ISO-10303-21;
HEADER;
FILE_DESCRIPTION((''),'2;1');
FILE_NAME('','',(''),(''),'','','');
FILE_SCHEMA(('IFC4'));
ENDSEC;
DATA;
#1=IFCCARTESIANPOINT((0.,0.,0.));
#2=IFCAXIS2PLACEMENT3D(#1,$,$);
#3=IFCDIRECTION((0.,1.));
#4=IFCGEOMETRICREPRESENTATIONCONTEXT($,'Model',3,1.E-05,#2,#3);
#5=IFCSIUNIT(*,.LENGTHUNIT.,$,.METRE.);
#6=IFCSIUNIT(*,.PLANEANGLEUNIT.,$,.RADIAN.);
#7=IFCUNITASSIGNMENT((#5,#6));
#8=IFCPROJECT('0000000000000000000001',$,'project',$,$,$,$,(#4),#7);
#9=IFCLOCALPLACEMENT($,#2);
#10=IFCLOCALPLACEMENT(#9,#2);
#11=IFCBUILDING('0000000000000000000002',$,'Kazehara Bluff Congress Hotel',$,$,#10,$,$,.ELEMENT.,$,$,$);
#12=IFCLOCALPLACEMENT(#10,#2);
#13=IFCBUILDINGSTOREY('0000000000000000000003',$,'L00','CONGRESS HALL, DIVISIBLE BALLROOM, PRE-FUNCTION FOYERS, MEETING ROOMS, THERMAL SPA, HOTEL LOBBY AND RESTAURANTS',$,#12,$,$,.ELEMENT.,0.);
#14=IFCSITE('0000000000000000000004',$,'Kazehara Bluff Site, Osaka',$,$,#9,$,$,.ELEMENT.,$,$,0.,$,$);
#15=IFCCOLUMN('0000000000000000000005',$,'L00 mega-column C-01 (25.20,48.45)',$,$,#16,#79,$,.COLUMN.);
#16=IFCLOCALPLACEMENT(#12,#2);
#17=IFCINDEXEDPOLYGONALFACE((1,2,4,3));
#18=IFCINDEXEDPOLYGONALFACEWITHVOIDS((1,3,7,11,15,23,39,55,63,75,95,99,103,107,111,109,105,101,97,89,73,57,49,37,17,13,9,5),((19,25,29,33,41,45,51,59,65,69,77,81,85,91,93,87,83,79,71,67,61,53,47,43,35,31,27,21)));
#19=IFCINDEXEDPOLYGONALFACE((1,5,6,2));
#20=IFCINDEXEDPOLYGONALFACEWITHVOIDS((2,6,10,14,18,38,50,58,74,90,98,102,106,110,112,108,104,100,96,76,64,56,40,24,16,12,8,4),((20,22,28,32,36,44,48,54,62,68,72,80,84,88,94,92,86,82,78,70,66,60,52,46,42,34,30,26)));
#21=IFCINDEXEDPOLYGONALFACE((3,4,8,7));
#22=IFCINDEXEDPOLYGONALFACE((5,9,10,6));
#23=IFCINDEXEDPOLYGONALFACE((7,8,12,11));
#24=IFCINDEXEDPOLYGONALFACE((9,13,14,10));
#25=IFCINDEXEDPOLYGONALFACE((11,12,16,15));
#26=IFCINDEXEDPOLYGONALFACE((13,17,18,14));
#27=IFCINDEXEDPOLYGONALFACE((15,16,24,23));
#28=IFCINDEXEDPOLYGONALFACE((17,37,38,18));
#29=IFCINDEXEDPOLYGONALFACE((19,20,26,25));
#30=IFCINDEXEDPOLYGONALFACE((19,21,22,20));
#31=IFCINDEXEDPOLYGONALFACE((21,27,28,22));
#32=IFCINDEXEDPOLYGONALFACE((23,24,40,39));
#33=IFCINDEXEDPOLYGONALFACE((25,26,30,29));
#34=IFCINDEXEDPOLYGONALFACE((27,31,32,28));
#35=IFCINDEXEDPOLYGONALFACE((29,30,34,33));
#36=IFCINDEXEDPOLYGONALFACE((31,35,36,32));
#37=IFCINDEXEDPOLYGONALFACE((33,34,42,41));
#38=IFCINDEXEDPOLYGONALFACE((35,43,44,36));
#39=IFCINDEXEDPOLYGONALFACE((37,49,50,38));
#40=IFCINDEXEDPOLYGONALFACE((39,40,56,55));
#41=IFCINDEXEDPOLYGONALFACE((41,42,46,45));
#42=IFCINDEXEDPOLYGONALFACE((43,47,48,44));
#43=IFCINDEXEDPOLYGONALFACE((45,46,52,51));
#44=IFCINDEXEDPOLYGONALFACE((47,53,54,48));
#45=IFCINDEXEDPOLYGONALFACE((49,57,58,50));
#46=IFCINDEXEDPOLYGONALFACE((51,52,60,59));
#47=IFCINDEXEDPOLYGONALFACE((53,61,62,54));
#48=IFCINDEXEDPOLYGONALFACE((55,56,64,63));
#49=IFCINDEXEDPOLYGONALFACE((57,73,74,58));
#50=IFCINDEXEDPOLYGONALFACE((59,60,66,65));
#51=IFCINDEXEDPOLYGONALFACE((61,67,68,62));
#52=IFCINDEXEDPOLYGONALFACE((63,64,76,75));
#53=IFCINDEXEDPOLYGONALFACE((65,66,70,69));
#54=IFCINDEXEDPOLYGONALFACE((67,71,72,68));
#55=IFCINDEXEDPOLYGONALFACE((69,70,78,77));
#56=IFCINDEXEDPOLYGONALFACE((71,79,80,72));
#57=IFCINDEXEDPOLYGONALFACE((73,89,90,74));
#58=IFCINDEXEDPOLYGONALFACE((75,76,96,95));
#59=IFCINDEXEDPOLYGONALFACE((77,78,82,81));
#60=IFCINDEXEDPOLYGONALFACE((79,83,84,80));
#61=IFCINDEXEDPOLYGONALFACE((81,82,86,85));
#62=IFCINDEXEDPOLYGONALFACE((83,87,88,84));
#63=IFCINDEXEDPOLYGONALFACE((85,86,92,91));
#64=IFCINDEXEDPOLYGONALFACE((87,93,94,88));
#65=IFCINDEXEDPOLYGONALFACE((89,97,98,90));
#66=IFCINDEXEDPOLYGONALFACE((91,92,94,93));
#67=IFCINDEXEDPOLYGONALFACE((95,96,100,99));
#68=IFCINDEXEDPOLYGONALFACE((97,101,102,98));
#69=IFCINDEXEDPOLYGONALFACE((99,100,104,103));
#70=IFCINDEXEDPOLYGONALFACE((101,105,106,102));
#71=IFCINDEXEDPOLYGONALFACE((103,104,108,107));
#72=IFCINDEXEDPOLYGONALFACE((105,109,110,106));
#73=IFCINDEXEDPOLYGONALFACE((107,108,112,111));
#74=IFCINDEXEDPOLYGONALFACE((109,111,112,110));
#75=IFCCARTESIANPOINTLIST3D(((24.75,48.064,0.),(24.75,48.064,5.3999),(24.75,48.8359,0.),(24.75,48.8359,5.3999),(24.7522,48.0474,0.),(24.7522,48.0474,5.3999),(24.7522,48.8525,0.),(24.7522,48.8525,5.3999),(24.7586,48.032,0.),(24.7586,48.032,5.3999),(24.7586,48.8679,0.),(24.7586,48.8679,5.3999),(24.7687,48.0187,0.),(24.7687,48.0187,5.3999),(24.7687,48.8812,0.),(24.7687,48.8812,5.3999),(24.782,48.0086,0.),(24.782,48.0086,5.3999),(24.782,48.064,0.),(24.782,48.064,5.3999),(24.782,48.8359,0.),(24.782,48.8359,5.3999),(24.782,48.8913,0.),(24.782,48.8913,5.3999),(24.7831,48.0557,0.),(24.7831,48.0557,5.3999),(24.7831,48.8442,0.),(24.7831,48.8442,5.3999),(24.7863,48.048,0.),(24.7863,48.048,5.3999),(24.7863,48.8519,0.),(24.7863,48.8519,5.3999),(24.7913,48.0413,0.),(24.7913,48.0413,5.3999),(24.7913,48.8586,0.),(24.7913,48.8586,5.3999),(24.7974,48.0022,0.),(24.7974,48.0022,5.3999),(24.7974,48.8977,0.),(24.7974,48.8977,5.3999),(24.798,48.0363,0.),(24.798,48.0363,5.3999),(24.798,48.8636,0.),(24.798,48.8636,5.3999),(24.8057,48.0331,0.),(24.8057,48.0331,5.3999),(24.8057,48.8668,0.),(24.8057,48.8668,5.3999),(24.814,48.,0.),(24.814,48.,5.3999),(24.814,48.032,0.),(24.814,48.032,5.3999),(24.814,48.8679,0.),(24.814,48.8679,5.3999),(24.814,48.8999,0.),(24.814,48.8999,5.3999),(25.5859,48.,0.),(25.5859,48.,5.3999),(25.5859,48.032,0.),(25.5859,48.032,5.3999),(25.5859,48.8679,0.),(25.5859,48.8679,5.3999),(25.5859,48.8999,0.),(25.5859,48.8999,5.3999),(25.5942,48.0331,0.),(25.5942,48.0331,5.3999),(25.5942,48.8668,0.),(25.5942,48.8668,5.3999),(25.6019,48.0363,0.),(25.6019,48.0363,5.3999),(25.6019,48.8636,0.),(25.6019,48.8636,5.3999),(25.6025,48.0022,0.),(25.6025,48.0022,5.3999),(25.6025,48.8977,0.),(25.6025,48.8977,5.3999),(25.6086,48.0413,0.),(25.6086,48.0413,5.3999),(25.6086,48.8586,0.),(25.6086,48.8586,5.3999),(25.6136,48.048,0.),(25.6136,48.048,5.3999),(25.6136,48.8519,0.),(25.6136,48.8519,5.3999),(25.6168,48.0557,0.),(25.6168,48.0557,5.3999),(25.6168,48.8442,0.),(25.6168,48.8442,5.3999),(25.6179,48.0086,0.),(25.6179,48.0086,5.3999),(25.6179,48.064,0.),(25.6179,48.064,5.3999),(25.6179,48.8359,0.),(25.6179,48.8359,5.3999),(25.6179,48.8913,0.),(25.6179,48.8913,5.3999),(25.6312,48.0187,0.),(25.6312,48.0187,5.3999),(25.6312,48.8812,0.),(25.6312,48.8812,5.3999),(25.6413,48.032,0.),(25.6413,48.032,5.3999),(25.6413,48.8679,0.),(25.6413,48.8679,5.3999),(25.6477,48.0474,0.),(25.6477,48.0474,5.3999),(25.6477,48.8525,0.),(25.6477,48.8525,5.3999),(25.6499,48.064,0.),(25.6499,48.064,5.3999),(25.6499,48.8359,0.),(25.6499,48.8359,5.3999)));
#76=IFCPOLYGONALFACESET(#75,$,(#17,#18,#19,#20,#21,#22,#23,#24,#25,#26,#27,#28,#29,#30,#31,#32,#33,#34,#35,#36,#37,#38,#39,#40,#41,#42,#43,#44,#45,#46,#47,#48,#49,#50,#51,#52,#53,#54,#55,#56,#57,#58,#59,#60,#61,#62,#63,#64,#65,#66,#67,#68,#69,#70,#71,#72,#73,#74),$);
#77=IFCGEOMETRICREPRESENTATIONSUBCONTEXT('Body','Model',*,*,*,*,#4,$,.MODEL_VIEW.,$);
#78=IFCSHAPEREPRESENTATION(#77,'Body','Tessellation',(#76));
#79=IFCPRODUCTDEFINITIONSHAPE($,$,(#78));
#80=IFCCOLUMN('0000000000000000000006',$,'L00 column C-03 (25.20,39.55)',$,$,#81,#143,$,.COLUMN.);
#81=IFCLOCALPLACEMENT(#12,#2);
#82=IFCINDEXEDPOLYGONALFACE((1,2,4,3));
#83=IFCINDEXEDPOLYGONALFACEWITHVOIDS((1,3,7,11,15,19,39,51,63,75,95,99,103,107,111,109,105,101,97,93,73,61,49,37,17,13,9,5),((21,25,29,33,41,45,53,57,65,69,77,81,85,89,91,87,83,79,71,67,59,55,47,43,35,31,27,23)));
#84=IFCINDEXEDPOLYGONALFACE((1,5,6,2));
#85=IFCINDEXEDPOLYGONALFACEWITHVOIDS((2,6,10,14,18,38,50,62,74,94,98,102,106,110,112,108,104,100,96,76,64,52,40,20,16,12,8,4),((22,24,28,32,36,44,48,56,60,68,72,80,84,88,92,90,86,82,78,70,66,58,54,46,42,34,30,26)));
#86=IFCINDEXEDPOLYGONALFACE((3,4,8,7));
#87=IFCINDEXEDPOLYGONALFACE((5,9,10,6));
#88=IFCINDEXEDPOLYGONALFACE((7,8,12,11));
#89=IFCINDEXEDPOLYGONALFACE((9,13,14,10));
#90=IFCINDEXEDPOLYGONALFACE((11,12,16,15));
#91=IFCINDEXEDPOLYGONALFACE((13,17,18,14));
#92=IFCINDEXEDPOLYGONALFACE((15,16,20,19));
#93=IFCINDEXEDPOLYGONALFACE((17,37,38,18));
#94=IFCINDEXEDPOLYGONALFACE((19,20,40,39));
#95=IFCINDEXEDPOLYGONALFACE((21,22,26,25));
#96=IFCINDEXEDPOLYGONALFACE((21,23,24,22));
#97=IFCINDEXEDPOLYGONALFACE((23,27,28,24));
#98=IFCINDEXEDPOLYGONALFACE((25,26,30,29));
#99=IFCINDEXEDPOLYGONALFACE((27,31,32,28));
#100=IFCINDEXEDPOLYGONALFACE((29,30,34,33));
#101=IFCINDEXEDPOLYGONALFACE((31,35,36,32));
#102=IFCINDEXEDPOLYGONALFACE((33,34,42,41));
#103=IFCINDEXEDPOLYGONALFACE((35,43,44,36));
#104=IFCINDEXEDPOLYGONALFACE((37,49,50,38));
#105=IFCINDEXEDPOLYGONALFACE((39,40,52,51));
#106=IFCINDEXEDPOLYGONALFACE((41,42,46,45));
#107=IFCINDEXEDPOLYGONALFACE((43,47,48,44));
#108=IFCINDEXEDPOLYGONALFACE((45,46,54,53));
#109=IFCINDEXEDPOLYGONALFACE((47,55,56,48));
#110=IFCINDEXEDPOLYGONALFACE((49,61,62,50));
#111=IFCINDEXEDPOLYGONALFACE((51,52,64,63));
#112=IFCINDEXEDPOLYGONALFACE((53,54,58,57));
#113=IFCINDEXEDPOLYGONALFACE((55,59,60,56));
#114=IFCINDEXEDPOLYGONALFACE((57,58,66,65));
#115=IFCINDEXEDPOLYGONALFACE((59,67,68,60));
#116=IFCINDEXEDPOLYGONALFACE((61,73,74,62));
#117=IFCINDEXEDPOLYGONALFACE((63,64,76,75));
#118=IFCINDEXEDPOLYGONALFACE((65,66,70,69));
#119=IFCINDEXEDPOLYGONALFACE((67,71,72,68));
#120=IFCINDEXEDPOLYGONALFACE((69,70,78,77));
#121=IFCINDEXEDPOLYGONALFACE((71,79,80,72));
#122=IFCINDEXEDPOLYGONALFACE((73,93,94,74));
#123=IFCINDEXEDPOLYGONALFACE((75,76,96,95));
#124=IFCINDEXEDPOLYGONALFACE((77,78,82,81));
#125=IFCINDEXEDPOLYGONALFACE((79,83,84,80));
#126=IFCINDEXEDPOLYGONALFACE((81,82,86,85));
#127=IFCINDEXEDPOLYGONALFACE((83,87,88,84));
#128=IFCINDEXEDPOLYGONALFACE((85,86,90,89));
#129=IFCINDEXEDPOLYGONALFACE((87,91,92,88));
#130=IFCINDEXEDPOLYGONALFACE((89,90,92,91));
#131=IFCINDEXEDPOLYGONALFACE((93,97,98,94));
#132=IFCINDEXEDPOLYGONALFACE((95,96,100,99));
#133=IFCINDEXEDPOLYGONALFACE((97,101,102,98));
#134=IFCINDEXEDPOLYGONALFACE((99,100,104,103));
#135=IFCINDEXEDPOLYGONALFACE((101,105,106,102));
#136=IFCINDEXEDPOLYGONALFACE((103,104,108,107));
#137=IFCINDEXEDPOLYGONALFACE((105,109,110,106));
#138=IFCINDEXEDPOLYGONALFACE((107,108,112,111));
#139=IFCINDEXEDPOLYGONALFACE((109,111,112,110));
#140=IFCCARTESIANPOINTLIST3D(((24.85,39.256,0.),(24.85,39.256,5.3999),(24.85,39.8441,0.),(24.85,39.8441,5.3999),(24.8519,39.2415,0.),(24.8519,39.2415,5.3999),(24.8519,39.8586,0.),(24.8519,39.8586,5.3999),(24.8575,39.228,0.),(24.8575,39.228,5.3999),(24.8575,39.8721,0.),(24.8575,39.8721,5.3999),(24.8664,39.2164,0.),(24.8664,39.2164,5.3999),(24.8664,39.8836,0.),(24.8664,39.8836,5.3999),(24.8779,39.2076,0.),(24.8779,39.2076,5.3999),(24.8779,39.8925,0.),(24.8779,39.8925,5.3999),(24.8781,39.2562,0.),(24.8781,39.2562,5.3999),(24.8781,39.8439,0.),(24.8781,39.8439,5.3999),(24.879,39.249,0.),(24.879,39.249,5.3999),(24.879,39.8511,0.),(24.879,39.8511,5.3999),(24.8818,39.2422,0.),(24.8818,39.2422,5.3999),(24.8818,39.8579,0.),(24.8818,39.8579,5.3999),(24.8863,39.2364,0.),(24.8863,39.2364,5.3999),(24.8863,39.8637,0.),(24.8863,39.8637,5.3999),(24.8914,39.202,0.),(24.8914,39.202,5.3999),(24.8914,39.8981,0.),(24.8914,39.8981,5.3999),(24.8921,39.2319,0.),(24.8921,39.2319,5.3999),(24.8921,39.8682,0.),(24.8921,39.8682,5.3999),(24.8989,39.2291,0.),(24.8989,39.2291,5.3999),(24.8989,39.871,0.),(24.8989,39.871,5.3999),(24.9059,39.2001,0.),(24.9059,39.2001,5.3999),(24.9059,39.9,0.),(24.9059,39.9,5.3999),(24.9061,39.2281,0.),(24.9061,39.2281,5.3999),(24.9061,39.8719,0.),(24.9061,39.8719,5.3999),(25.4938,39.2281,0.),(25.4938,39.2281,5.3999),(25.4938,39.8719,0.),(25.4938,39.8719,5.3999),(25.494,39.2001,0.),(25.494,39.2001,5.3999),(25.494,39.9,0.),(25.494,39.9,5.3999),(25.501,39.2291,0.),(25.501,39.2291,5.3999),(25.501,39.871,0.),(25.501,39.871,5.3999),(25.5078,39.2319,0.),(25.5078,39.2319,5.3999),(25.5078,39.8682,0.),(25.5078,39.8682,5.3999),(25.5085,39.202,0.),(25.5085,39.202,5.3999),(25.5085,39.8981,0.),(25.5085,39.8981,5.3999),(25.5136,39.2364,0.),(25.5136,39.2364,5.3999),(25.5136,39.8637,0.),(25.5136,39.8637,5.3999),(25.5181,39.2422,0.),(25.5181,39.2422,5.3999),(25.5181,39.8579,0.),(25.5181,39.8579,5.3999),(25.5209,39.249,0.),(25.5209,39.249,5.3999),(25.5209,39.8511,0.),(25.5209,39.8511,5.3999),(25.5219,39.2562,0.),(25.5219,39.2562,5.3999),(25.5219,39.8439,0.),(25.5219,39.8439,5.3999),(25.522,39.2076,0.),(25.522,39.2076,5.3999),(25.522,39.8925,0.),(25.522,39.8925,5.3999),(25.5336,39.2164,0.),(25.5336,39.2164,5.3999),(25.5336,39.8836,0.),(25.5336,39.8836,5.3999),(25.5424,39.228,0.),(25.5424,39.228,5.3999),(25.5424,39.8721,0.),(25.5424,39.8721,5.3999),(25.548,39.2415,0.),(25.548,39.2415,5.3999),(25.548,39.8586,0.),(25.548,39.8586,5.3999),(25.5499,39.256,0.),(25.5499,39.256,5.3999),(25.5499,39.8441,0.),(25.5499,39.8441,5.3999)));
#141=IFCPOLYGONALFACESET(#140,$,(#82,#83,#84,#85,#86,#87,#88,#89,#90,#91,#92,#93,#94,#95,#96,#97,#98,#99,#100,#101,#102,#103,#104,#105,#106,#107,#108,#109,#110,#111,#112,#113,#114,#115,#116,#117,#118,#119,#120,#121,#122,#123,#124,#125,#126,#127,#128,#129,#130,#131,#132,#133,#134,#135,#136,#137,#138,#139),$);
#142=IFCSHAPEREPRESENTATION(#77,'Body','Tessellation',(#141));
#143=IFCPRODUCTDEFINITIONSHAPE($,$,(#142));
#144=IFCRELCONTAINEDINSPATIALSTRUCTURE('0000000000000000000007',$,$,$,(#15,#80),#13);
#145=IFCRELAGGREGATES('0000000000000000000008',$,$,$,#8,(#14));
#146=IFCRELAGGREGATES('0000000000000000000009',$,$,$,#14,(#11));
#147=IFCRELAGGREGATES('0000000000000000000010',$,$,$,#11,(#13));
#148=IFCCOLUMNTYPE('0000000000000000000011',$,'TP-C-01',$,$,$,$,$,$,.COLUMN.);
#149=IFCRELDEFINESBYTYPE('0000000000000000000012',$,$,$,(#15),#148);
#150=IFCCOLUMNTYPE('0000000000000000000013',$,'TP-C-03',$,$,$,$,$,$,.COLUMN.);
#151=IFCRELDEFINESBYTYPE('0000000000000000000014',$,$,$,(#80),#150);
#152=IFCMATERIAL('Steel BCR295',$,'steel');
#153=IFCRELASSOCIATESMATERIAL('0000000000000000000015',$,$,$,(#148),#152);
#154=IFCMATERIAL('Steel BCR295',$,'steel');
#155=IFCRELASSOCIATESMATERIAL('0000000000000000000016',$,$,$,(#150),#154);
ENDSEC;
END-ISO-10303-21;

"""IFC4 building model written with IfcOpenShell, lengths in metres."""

from ifc_helpers import new_model, si_unit, direction, frame, origin, origin_2d, place, context, subcontext, project, spatial, hollow_rectangle, extrude, material, material_profile, profile_set, type_object, element, save


model = new_model("IFC4")

# Units and contexts
model_context = context("Model", 3, precision=1e-05, world=origin(), true_north=direction((0.0, 1.0)))
body_context = subcontext(model_context, "Body", "Model", "MODEL_VIEW")
ifc_project = project(units=[si_unit("LENGTHUNIT", "METRE"), si_unit("PLANEANGLEUNIT", "RADIAN")], contexts=[model_context])

# Site, building, storey
site_placement = place(None, origin())
site = spatial("IfcSite", under=ifc_project, at=site_placement, Name="Kazehara Bluff Site, Osaka", CompositionType="ELEMENT", RefElevation=0.0)
building_placement = place(site_placement, origin())
building = spatial("IfcBuilding", under=site, at=building_placement, Name="Kazehara Bluff Congress Hotel", CompositionType="ELEMENT")
storey_placement = place(building_placement, origin())
storey = spatial("IfcBuildingStorey", under=building, at=storey_placement, Name="L00", Description="CONGRESS HALL, DIVISIBLE BALLROOM, PRE-FUNCTION FOYERS, MEETING ROOMS, THERMAL SPA, HOTEL LOBBY AND RESTAURANTS", CompositionType="ELEMENT", Elevation=0.0)

# Columns
ifc_material_1 = material(Name="Steel BCR295", Category="steel")
ifc_material_profile_1 = material_profile(ifc_material_1, hollow_rectangle(XDim=0.8999, YDim=0.8999, WallThickness=0.032, InnerFilletRadius=0.032, OuterFilletRadius=0.064, at=origin_2d()))
ifc_profile_set_1 = profile_set([ifc_material_profile_1], Name="Steel BCR295")
column_type_1 = type_object("IfcColumnType", Name="TP-C-01", PredefinedType="COLUMN", material=ifc_profile_set_1)
column_1_placement = place(storey_placement, frame((25.2, 48.45, 0.0), z_axis=(0.0, 0.0, 1.0), x_axis=(1.0, 0.0, 0.0)))
element("IfcColumn", 1, at=column_1_placement, inside=storey, type_object=column_type_1, Name="L00 mega-column C-01 (25.20,48.45)", PredefinedType="COLUMN", context=body_context, shape_type="SweptSolid", body=[
    extrude(hollow_rectangle(XDim=0.8999, YDim=0.8999, WallThickness=0.032, InnerFilletRadius=0.032, OuterFilletRadius=0.064, at=origin_2d()), origin(), (0.0, 0.0, 1.0), 5.3999),
])
ifc_material_2 = material(Name="Steel BCR295", Category="steel")
ifc_material_profile_2 = material_profile(ifc_material_2, hollow_rectangle(XDim=0.7, YDim=0.7, WallThickness=0.0281, InnerFilletRadius=0.0281, OuterFilletRadius=0.0559, at=origin_2d()))
ifc_profile_set_2 = profile_set([ifc_material_profile_2], Name="Steel BCR295")
column_type_2 = type_object("IfcColumnType", Name="TP-C-03", PredefinedType="COLUMN", material=ifc_profile_set_2)
column_2_placement = place(storey_placement, frame((25.2, 39.55, 0.0), z_axis=(0.0, 0.0, 1.0), x_axis=(1.0, 0.0, 0.0)))
element("IfcColumn", 2, at=column_2_placement, inside=storey, type_object=column_type_2, Name="L00 column C-03 (25.20,39.55)", PredefinedType="COLUMN", context=body_context, shape_type="SweptSolid", body=[
    extrude(hollow_rectangle(XDim=0.7, YDim=0.7, WallThickness=0.0281, InnerFilletRadius=0.0281, OuterFilletRadius=0.0559, at=origin_2d()), origin(), (0.0, 0.0, 1.0), 5.3999),
])

save(model, "model.ifc")
